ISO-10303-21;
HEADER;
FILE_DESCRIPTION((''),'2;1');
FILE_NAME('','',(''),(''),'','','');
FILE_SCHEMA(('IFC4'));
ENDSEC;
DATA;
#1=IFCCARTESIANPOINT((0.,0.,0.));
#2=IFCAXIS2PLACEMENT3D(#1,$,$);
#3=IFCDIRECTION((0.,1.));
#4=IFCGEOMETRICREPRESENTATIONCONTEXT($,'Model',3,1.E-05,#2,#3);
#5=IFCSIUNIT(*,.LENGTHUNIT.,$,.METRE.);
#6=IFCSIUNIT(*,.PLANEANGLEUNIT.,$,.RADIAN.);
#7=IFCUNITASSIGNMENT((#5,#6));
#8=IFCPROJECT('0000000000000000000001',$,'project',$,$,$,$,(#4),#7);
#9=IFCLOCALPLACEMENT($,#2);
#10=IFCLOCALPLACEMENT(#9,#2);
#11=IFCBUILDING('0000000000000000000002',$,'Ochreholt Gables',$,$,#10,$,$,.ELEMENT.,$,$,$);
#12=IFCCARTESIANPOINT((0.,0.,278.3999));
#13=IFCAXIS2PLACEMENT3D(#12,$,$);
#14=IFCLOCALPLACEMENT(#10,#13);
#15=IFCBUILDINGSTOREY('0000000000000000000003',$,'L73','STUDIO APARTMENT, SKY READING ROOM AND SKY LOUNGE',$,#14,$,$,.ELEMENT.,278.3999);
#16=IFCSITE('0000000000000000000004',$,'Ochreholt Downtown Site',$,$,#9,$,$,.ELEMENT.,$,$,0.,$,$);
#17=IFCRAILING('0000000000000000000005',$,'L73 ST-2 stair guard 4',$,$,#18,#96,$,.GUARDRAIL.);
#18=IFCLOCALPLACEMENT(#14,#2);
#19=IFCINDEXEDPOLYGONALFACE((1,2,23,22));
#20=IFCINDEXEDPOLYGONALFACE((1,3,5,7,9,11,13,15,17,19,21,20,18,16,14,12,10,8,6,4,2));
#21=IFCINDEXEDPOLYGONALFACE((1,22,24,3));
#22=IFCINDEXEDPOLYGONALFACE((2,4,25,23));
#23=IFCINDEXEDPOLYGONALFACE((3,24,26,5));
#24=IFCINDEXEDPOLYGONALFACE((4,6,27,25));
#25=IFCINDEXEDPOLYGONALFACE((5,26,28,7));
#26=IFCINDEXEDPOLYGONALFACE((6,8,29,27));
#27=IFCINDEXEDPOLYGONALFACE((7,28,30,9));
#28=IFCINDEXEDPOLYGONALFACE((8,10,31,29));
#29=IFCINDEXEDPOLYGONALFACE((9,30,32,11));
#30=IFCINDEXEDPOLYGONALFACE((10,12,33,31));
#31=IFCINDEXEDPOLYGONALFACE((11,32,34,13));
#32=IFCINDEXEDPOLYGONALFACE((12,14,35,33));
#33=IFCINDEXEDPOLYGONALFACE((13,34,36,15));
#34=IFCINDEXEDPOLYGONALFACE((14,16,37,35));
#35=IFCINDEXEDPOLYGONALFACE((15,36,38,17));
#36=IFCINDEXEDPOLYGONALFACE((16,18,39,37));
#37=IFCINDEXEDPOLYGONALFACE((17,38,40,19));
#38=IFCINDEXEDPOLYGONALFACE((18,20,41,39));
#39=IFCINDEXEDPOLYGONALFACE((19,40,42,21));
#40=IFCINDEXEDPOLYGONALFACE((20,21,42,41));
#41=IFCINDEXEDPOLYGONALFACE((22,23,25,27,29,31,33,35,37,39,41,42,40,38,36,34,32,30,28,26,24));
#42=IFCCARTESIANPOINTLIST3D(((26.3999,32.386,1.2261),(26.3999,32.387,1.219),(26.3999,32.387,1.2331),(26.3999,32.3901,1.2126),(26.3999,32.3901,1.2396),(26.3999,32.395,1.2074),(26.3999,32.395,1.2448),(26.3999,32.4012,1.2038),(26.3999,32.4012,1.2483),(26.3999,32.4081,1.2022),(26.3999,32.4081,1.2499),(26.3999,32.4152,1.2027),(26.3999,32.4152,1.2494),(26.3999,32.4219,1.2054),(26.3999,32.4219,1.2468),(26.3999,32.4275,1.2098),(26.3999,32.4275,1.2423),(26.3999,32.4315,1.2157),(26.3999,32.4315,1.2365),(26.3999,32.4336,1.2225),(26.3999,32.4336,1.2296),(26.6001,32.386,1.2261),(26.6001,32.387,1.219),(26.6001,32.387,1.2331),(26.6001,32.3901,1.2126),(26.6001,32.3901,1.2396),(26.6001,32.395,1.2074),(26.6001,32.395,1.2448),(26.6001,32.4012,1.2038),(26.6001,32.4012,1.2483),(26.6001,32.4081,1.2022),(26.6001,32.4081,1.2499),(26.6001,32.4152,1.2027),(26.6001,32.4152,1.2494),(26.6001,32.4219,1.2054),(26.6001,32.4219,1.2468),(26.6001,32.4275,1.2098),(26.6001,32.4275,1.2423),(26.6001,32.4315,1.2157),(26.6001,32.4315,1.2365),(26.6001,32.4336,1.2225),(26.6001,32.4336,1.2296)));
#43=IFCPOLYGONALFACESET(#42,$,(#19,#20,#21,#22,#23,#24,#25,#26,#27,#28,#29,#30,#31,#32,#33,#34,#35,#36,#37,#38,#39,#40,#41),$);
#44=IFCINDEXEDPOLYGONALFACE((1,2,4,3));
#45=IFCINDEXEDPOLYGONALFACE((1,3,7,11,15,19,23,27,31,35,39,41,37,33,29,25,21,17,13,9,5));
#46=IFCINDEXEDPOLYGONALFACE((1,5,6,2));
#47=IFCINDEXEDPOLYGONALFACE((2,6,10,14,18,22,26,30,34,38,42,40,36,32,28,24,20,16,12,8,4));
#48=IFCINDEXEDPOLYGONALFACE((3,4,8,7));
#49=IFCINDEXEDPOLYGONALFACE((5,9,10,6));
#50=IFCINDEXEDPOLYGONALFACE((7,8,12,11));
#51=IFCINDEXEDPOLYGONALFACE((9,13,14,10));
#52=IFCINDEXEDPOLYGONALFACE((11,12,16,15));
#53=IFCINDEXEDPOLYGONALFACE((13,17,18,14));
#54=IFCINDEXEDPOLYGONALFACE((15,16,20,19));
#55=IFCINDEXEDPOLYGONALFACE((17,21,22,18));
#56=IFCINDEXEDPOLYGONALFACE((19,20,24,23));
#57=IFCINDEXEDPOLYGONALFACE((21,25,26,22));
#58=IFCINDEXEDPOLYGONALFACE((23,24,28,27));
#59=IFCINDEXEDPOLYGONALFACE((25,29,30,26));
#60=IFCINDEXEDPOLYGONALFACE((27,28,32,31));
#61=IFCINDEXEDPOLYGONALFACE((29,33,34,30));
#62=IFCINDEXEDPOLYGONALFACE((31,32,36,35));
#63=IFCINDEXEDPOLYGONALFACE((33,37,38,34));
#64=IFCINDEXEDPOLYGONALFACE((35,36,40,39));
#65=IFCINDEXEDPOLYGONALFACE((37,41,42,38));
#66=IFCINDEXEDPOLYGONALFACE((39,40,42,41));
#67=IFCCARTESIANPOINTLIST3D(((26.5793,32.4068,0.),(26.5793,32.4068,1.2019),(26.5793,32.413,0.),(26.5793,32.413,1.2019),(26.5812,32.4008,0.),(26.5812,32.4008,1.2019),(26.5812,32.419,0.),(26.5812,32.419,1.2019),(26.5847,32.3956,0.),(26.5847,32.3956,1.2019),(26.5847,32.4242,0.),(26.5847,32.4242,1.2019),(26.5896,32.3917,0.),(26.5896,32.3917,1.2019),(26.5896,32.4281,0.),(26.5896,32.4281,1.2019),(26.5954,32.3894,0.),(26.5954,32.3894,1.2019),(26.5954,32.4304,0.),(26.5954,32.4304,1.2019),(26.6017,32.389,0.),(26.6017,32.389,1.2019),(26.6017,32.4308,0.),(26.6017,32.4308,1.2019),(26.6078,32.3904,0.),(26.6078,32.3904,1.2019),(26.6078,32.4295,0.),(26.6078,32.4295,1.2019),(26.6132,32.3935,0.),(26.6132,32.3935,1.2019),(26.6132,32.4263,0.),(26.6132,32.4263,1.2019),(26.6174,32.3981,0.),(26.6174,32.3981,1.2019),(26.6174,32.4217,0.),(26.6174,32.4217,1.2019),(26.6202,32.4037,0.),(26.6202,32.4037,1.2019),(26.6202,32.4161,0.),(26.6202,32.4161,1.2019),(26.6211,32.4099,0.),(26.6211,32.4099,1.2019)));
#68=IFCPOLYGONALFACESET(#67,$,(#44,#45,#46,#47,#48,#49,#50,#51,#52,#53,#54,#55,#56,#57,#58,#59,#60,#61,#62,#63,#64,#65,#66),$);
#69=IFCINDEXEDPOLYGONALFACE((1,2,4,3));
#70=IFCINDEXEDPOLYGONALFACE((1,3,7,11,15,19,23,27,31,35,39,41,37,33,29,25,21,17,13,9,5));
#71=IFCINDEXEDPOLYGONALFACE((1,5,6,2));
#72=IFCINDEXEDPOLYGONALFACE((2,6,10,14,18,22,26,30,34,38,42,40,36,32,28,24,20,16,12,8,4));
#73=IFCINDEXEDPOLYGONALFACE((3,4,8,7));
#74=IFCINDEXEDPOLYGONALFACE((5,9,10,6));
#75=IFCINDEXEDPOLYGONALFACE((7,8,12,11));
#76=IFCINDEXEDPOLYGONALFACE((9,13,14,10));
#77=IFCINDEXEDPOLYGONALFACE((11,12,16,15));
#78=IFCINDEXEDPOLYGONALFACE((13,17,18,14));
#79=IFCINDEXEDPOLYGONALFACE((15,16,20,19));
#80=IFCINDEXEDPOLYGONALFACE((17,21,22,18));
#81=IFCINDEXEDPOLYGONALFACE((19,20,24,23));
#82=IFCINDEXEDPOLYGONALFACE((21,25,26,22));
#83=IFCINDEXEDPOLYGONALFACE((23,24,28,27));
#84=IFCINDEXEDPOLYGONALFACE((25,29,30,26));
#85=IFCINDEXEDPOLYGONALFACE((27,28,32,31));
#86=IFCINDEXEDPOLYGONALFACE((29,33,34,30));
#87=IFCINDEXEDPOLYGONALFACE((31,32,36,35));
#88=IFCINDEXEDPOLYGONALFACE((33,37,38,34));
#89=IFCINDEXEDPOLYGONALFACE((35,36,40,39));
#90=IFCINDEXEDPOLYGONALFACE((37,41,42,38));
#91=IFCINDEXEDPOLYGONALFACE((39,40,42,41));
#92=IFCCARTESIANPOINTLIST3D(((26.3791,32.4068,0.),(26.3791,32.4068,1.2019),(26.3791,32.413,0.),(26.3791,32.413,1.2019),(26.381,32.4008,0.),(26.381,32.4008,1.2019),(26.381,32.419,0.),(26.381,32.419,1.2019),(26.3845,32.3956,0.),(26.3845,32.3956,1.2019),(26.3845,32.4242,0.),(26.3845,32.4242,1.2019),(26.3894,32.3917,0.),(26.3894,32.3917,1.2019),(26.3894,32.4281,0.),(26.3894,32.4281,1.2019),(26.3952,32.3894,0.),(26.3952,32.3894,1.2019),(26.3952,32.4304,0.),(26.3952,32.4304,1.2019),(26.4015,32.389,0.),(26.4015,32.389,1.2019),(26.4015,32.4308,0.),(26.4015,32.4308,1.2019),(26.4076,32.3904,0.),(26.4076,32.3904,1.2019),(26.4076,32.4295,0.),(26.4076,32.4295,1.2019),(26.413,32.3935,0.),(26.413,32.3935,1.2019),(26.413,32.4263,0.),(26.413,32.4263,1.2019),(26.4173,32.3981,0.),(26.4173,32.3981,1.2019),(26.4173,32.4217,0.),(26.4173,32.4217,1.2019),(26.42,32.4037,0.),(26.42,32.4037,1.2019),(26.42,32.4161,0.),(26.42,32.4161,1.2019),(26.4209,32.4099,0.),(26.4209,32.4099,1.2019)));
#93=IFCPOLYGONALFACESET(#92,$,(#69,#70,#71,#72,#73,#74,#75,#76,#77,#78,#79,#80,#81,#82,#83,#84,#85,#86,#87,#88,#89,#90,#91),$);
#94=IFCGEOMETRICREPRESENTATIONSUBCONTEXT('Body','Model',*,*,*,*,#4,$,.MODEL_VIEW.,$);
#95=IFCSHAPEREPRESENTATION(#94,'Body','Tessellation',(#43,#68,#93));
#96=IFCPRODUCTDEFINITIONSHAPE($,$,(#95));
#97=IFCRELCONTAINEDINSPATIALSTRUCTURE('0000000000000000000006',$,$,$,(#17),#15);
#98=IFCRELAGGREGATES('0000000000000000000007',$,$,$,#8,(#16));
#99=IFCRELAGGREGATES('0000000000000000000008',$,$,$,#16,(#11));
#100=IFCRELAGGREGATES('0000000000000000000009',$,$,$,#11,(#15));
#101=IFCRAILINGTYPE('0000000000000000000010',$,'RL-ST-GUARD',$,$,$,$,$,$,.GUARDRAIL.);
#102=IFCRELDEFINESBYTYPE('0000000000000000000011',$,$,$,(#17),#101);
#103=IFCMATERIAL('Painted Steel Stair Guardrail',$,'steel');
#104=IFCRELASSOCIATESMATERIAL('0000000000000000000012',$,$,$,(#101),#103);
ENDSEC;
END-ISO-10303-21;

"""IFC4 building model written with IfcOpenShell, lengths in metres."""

from ifc_helpers import new_model, si_unit, direction, frame, origin, origin_2d, place, context, subcontext, project, spatial, circle, extrude, material, type_object, element, save


model = new_model("IFC4")

# Units and contexts
model_context = context("Model", 3, precision=1e-05, world=origin(), true_north=direction((0.0, 1.0)))
body_context = subcontext(model_context, "Body", "Model", "MODEL_VIEW")
ifc_project = project(units=[si_unit("LENGTHUNIT", "METRE"), si_unit("PLANEANGLEUNIT", "RADIAN")], contexts=[model_context])

# Site, building, storey
site_placement = place(None, origin())
site = spatial("IfcSite", under=ifc_project, at=site_placement, Name="Ochreholt Downtown Site", CompositionType="ELEMENT", RefElevation=0.0)
building_placement = place(site_placement, origin())
building = spatial("IfcBuilding", under=site, at=building_placement, Name="Ochreholt Gables", CompositionType="ELEMENT")
storey_placement = place(building_placement, frame((0.0, 0.0, 278.3999)))
storey = spatial("IfcBuildingStorey", under=building, at=storey_placement, Name="L73", Description="STUDIO APARTMENT, SKY READING ROOM AND SKY LOUNGE", CompositionType="ELEMENT", Elevation=278.3999)

# Railing
ifc_material_1 = material(Name="Painted Steel Stair Guardrail", Category="steel")
railing_type_1 = type_object("IfcRailingType", Name="RL-ST-GUARD", PredefinedType="GUARDRAIL", material=ifc_material_1)
railing_1_placement = place(storey_placement, frame((26.6001, 32.4099, 0.0)))
element("IfcRailing", 1, at=railing_1_placement, inside=storey, type_object=railing_type_1, Name="L73 ST-2 stair guard 4", PredefinedType="GUARDRAIL", context=body_context, shape_type="SweptSolid", body=[
    extrude(circle(Radius=0.0239, at=origin_2d()), frame((0.0, 0.0, 1.2261), z_axis=(-1.0, 0.0, 0.0), x_axis=(0.0, -1.0, 0.0)), (0.0, 0.0, 1.0), 0.2002),
    extrude(circle(Radius=0.021, at=origin_2d()), origin(), (0.0, 0.0, 1.0), 1.2019),
    extrude(circle(Radius=0.021, at=origin_2d()), frame((-0.2002, 0.0, 0.0)), (0.0, 0.0, 1.0), 1.2019),
])

save(model, "model.ifc")
